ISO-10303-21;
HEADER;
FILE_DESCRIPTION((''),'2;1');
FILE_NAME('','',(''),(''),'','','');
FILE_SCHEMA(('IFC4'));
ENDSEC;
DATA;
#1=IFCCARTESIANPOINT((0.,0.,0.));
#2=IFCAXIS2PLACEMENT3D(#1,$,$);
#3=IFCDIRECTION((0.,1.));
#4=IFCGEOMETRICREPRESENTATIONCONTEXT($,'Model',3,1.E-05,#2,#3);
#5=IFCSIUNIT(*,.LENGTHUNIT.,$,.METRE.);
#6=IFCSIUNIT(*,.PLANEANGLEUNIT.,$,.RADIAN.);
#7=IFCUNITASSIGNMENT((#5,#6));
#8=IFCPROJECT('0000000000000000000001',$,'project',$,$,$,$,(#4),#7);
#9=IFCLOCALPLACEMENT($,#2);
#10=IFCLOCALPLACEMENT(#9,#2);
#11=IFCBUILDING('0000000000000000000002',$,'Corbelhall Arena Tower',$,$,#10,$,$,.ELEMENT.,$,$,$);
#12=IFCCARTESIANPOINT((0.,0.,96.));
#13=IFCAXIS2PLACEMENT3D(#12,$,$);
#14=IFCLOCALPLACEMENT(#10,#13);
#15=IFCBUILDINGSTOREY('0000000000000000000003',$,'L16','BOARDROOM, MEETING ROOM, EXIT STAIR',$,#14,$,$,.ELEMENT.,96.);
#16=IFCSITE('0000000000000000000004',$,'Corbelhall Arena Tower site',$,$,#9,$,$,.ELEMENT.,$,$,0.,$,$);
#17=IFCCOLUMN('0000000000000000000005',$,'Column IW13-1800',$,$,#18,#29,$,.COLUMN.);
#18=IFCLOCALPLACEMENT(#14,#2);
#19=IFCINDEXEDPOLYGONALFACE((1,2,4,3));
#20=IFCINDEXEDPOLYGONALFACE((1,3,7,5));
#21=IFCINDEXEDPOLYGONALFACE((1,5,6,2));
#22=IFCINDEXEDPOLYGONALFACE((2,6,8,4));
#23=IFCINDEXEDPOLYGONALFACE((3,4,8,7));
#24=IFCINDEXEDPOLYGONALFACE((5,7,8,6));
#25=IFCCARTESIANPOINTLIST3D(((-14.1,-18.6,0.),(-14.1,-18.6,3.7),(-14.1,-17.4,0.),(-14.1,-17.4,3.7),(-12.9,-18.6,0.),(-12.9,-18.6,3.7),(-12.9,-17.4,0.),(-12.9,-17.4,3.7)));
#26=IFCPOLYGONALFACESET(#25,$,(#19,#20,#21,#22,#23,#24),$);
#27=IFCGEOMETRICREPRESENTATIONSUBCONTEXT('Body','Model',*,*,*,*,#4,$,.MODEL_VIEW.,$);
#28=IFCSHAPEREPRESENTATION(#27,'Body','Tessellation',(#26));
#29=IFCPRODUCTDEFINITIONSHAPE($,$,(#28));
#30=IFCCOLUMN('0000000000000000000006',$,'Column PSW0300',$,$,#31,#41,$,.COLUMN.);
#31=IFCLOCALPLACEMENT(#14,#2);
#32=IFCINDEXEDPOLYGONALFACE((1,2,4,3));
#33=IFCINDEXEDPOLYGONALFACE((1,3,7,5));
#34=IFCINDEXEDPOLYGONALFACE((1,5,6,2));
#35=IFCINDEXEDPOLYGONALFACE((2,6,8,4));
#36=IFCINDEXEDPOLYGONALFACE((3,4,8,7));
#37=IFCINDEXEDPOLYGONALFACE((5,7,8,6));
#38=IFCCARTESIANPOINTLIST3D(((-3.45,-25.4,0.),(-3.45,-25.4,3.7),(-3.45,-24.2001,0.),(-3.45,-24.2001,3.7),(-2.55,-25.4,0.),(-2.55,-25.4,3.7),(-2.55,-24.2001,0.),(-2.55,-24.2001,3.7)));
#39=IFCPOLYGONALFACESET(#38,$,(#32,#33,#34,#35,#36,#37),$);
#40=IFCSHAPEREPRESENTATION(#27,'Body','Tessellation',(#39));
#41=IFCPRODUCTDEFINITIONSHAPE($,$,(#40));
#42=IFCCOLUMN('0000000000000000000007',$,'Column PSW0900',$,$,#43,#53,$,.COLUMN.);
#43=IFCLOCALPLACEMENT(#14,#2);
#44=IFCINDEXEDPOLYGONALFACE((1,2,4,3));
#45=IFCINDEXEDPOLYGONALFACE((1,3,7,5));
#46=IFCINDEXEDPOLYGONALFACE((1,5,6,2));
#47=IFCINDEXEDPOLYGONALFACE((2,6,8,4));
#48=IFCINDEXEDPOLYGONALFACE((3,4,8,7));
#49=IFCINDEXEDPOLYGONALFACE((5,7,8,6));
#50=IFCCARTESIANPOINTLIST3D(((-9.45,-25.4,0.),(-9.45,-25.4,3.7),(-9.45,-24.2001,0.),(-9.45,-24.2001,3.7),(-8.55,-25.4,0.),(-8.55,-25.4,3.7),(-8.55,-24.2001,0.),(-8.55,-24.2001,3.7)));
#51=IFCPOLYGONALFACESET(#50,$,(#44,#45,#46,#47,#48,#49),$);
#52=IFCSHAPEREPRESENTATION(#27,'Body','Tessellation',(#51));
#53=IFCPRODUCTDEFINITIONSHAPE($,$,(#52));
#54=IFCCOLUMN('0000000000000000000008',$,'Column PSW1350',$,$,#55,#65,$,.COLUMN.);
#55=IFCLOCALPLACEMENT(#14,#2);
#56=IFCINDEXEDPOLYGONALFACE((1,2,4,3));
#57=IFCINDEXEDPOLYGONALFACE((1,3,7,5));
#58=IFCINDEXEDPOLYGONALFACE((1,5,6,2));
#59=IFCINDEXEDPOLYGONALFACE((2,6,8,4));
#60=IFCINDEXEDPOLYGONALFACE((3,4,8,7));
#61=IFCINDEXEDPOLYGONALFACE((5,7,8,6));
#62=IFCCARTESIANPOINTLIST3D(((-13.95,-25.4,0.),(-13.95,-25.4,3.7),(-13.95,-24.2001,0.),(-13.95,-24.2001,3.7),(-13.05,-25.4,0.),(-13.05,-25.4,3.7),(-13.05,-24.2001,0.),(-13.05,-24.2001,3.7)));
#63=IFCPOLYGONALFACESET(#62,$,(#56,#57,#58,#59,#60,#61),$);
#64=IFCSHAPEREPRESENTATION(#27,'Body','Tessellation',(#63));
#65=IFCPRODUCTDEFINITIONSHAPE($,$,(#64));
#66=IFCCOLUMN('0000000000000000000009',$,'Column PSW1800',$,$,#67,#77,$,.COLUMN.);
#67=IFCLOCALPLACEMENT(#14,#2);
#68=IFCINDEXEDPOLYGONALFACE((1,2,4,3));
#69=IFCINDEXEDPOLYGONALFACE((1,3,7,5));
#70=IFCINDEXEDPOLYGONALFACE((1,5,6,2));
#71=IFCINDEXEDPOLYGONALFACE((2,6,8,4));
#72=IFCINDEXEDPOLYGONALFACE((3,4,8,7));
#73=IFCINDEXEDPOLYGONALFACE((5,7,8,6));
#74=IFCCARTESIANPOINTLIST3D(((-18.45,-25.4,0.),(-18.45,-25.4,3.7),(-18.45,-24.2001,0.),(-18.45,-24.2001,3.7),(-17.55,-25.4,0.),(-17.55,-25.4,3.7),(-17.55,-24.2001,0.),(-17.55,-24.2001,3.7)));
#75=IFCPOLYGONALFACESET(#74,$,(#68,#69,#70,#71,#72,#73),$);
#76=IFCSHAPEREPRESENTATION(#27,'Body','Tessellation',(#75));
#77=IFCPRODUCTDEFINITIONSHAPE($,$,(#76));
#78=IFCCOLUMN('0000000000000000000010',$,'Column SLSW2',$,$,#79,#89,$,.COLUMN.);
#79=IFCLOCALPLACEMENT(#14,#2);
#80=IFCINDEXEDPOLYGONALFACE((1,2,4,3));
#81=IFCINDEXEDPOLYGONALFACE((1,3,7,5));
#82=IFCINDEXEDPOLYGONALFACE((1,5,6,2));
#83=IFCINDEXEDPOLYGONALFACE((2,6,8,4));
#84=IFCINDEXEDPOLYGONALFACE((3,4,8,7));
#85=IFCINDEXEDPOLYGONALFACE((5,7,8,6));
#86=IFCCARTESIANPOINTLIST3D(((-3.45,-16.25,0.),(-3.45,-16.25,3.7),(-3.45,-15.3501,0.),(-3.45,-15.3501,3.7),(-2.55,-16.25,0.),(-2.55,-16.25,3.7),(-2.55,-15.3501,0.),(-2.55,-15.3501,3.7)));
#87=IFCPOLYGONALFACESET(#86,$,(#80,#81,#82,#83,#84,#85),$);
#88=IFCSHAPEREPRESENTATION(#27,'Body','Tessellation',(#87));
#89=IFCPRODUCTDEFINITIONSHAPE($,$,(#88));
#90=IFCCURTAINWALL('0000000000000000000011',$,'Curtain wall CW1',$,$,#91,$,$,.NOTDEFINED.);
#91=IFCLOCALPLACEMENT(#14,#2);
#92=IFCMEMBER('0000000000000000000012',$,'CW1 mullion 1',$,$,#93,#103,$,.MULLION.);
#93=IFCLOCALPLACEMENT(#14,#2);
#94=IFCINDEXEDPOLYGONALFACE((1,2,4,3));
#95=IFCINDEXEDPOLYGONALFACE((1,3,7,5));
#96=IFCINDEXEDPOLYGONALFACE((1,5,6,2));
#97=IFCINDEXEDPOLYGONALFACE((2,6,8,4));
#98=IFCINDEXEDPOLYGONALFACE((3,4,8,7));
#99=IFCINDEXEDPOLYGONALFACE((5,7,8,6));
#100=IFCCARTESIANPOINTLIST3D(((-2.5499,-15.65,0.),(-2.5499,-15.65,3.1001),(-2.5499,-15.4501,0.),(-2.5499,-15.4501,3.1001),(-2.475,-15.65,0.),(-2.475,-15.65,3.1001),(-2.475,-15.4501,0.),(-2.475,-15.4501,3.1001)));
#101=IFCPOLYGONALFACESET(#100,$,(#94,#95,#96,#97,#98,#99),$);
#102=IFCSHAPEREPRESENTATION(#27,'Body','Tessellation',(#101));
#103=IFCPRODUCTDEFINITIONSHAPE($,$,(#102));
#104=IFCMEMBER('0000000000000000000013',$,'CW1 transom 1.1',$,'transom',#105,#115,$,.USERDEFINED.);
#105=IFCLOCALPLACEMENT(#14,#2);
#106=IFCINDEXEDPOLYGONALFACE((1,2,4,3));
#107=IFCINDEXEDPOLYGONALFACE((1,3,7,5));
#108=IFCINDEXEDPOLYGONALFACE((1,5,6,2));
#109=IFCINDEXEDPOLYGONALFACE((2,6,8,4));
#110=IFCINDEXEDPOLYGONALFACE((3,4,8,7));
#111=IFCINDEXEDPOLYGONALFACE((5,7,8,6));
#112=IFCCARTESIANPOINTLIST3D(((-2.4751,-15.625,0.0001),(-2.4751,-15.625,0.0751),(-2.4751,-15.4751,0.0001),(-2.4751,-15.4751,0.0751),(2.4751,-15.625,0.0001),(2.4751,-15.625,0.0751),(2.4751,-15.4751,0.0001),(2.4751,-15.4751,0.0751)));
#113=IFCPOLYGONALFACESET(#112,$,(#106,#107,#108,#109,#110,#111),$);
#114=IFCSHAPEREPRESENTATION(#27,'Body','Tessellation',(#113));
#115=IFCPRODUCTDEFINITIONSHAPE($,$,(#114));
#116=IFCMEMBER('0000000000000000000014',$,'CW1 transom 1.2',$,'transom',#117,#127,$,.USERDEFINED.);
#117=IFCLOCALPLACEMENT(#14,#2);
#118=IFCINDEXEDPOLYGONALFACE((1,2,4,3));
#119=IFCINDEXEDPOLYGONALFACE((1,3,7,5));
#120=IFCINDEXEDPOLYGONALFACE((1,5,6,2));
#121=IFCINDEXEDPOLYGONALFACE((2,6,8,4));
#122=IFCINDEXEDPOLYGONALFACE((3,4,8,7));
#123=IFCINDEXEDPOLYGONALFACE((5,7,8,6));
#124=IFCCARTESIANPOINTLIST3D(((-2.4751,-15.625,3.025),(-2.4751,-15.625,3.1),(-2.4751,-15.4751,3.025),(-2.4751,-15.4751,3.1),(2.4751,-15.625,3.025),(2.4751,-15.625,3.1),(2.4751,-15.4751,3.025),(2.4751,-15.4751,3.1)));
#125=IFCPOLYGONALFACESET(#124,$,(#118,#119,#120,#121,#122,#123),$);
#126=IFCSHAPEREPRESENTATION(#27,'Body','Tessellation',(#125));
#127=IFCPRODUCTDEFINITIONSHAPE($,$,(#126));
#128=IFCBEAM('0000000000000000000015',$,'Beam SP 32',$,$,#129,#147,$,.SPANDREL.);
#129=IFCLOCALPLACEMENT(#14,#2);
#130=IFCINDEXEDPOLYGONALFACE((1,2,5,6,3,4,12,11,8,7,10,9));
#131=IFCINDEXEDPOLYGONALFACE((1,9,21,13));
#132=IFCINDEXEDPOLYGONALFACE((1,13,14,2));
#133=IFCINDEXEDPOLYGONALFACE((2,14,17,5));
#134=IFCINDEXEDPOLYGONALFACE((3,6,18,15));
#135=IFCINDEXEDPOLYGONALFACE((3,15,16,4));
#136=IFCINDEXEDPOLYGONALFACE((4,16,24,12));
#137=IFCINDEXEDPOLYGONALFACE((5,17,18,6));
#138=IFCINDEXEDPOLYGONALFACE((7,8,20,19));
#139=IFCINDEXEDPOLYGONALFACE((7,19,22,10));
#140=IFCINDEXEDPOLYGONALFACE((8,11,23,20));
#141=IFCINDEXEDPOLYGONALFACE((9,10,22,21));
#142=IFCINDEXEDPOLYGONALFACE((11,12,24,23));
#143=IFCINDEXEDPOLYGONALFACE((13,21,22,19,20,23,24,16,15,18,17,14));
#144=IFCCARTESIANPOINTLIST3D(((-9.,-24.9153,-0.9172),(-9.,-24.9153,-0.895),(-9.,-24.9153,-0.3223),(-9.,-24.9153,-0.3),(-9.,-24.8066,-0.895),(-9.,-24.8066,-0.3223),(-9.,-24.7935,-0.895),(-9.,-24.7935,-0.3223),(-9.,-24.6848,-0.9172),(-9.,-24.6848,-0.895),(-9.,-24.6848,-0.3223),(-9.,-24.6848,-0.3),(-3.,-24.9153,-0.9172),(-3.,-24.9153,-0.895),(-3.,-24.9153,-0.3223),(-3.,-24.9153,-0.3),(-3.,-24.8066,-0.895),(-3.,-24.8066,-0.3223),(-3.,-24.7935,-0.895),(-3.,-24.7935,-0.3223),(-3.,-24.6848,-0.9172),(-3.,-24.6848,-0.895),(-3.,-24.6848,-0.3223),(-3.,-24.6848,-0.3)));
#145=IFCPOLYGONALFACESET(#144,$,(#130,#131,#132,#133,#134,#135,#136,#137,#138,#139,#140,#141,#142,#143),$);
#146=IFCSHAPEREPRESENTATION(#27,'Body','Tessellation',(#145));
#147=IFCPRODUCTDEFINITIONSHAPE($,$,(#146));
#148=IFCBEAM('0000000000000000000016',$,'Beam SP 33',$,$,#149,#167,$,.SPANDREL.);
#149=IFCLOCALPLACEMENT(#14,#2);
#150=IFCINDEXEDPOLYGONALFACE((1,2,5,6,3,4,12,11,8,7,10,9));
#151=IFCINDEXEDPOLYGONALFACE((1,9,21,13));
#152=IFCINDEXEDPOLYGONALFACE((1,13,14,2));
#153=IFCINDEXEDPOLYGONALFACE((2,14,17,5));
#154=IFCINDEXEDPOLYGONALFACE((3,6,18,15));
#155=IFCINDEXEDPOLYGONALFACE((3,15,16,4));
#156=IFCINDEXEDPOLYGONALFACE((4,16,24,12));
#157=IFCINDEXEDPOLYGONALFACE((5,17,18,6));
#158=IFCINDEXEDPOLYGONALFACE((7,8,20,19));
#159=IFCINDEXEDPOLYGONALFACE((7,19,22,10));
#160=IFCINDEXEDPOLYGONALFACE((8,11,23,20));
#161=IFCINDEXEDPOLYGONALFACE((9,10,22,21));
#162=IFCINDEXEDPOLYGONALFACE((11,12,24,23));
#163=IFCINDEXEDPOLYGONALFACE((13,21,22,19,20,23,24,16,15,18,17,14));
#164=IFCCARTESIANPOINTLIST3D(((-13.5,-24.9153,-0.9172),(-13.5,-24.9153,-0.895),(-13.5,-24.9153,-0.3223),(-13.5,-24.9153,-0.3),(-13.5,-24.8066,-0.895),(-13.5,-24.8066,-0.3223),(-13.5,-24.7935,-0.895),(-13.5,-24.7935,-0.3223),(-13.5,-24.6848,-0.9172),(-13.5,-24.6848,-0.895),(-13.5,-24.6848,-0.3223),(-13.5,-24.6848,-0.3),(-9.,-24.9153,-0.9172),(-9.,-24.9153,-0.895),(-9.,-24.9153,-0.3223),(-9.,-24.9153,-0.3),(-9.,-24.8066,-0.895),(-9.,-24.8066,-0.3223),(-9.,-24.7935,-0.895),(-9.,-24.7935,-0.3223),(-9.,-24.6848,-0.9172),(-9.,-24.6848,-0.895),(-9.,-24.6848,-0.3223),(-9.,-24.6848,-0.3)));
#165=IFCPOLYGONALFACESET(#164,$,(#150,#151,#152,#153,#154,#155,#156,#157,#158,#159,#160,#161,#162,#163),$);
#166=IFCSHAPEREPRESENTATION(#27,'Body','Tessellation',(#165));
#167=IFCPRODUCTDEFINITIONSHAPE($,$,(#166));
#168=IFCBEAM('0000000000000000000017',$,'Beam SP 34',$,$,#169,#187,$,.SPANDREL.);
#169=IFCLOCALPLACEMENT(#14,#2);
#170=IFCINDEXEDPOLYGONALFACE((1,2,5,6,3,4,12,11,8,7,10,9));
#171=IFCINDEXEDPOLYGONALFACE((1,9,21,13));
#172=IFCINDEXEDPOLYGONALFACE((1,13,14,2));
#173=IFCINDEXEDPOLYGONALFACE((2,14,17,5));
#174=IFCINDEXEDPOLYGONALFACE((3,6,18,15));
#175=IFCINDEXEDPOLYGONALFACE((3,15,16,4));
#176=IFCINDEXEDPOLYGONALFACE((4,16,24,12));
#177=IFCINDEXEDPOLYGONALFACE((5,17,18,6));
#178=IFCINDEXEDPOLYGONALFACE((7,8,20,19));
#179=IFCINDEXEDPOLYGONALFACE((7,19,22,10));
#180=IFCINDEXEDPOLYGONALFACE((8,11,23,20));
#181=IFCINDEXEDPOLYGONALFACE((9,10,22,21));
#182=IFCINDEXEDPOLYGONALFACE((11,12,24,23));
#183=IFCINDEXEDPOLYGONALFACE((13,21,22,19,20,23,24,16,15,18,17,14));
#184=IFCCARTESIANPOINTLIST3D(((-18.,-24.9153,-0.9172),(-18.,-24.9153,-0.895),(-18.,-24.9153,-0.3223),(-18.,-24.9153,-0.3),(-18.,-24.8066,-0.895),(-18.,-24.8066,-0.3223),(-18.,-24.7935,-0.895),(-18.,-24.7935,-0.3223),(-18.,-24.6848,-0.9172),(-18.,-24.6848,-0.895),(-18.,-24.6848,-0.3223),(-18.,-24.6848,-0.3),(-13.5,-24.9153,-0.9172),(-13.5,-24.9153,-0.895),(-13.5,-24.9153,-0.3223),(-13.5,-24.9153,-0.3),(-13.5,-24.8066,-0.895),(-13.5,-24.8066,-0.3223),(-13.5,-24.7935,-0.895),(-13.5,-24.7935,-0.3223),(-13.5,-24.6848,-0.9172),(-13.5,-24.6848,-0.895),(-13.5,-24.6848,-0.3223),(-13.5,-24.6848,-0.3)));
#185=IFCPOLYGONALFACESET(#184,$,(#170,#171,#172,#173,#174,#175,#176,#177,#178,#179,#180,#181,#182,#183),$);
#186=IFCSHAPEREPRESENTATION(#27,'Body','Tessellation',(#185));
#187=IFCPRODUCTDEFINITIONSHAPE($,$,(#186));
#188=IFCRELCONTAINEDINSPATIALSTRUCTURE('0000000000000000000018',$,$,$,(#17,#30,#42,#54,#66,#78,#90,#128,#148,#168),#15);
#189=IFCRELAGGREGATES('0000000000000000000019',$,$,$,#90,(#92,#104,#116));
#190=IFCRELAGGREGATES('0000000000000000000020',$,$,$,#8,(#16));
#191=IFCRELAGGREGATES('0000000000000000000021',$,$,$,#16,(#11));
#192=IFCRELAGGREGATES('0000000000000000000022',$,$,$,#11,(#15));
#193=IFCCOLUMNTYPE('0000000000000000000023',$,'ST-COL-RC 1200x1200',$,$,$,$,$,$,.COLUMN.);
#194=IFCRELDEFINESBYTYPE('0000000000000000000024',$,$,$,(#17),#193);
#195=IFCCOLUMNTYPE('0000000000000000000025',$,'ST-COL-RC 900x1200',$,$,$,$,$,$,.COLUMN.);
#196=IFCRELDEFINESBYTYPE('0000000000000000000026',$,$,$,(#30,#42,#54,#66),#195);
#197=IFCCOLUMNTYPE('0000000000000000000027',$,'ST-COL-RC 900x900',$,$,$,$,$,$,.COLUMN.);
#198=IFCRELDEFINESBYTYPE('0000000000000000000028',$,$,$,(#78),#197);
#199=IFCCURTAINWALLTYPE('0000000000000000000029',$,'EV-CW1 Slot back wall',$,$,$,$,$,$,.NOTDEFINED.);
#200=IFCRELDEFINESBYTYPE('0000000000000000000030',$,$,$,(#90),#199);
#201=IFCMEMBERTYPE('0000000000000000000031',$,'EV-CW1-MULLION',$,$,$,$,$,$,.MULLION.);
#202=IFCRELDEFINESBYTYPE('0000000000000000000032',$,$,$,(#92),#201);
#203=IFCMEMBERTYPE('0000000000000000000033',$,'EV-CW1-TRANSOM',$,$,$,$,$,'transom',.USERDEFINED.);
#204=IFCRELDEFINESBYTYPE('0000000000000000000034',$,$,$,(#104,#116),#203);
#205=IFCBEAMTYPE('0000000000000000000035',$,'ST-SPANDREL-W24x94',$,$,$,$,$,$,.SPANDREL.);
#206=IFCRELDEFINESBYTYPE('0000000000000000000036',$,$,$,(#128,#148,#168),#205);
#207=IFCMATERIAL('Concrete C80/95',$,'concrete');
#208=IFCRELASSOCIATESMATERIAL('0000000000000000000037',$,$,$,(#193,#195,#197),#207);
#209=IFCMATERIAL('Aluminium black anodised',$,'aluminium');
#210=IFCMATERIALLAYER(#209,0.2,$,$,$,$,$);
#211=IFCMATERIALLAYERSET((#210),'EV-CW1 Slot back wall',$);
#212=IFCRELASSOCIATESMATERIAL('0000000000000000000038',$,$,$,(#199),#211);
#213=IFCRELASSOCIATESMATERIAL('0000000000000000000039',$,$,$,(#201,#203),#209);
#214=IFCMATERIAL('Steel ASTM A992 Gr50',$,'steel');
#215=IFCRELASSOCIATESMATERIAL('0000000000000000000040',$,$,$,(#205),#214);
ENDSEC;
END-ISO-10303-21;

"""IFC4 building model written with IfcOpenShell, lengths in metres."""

from ifc_helpers import new_model, si_unit, direction, frame, origin, origin_2d, place, context, subcontext, project, spatial, rectangle, i_section, extrude, material, layer, layer_set, material_profile, profile_set, type_object, element, aggregate, save


model = new_model("IFC4")

# Units and contexts
model_context = context("Model", 3, precision=1e-05, world=origin(), true_north=direction((0.0, 1.0)))
body_context = subcontext(model_context, "Body", "Model", "MODEL_VIEW")
ifc_project = project(units=[si_unit("LENGTHUNIT", "METRE"), si_unit("PLANEANGLEUNIT", "RADIAN")], contexts=[model_context])

# Site, building, storey
site_placement = place(None, origin())
site = spatial("IfcSite", under=ifc_project, at=site_placement, Name="Corbelhall Arena Tower site", CompositionType="ELEMENT", RefElevation=0.0)
building_placement = place(site_placement, origin())
building = spatial("IfcBuilding", under=site, at=building_placement, Name="Corbelhall Arena Tower", CompositionType="ELEMENT")
storey_placement = place(building_placement, frame((0.0, 0.0, 96.0)))
storey = spatial("IfcBuildingStorey", under=building, at=storey_placement, Name="L16", Description="BOARDROOM, MEETING ROOM, EXIT STAIR", CompositionType="ELEMENT", Elevation=96.0)

# Columns
ifc_material_1 = material(Name="Concrete C80/95", Category="concrete")
ifc_material_profile_1 = material_profile(ifc_material_1, rectangle(XDim=1.2, YDim=1.2, at=origin_2d()))
ifc_profile_set_1 = profile_set([ifc_material_profile_1], Name="Concrete C80/95")
column_type_1 = type_object("IfcColumnType", Name="ST-COL-RC 1200x1200", PredefinedType="COLUMN", material=ifc_profile_set_1)
column_1_placement = place(storey_placement, frame((-13.5, -18.0, 0.0), z_axis=(0.0, 0.0, 1.0), x_axis=(1.0, 0.0, 0.0)))
element("IfcColumn", 1, at=column_1_placement, inside=storey, type_object=column_type_1, Name="Column IW13-1800", PredefinedType="COLUMN", context=body_context, shape_type="SweptSolid", body=[
    extrude(rectangle(XDim=1.2, YDim=1.2, at=origin_2d()), origin(), (0.0, 0.0, 1.0), 3.7),
])
ifc_material_profile_2 = material_profile(ifc_material_1, rectangle(XDim=0.8999, YDim=1.2, at=origin_2d()))
ifc_profile_set_2 = profile_set([ifc_material_profile_2], Name="Concrete C80/95")
column_type_2 = type_object("IfcColumnType", Name="ST-COL-RC 900x1200", PredefinedType="COLUMN", material=ifc_profile_set_2)
for number, where, z_axis, x_axis, name in (
    (2, (-3.0, -24.8, 0.0), (0.0, 0.0, 1.0), (1.0, 0.0, 0.0), "Column PSW0300"),
    (3, (-9.0, -24.8, 0.0), (0.0, 0.0, 1.0), (1.0, 0.0, 0.0), "Column PSW0900"),
    (4, (-13.5, -24.8, 0.0), (0.0, 0.0, 1.0), (1.0, 0.0, 0.0), "Column PSW1350"),
    (5, (-18.0, -24.8, 0.0), (0.0, 0.0, 1.0), (1.0, 0.0, 0.0), "Column PSW1800"),
):
    element("IfcColumn", number, at=place(storey_placement, frame(where, z_axis=z_axis, x_axis=x_axis)), inside=storey, type_object=column_type_2, Name=name, PredefinedType="COLUMN", context=body_context, shape_type="SweptSolid", body=[
        extrude(rectangle(XDim=0.8999, YDim=1.2, at=origin_2d()), origin(), (0.0, 0.0, 1.0), 3.7),
    ])
ifc_material_profile_3 = material_profile(ifc_material_1, rectangle(XDim=0.8999, YDim=0.8999, at=origin_2d()))
ifc_profile_set_3 = profile_set([ifc_material_profile_3], Name="Concrete C80/95")
column_type_3 = type_object("IfcColumnType", Name="ST-COL-RC 900x900", PredefinedType="COLUMN", material=ifc_profile_set_3)
column_2_placement = place(storey_placement, frame((-3.0, -15.8, 0.0), z_axis=(0.0, 0.0, 1.0), x_axis=(1.0, 0.0, 0.0)))
element("IfcColumn", 6, at=column_2_placement, inside=storey, type_object=column_type_3, Name="Column SLSW2", PredefinedType="COLUMN", context=body_context, shape_type="SweptSolid", body=[
    extrude(rectangle(XDim=0.8999, YDim=0.8999, at=origin_2d()), origin(), (0.0, 0.0, 1.0), 3.7),
])

# Curtain wall, members
ifc_material_2 = material(Name="Aluminium black anodised", Category="aluminium")
ifc_layer_1 = layer(ifc_material_2, 0.2)
ifc_layer_set_1 = layer_set([ifc_layer_1], Name="EV-CW1 Slot back wall")
curtain_wall_type = type_object("IfcCurtainWallType", Name="EV-CW1 Slot back wall", PredefinedType="NOTDEFINED", material=ifc_layer_set_1)
curtain_wall_placement = place(storey_placement, origin())
curtain_wall = element("IfcCurtainWall", 7, at=curtain_wall_placement, inside=storey, type_object=curtain_wall_type, Name="Curtain wall CW1", PredefinedType="NOTDEFINED")
ifc_material_profile_4 = material_profile(ifc_material_2, rectangle(XDim=0.2, YDim=0.075, at=origin_2d()))
ifc_profile_set_4 = profile_set([ifc_material_profile_4], Name="Aluminium black anodised")
member_type_1 = type_object("IfcMemberType", Name="EV-CW1-MULLION", PredefinedType="MULLION", material=ifc_profile_set_4)
member_1_placement = place(storey_placement, frame((-2.5125, -15.55, 0.0), z_axis=(0.0, 0.0, 1.0), x_axis=(0.0, 1.0, 0.0)))
member_1 = element("IfcMember", 8, at=member_1_placement, type_object=member_type_1, Name="CW1 mullion 1", PredefinedType="MULLION", context=body_context, shape_type="SweptSolid", body=[
    extrude(rectangle(XDim=0.2, YDim=0.075, at=origin_2d()), origin(), (0.0, 0.0, 1.0), 3.1001),
])
ifc_material_profile_5 = material_profile(ifc_material_2, rectangle(XDim=0.1499, YDim=0.075, at=origin_2d()))
ifc_profile_set_5 = profile_set([ifc_material_profile_5], Name="Aluminium black anodised")
member_type_2 = type_object("IfcMemberType", Name="EV-CW1-TRANSOM", ElementType="transom", PredefinedType="USERDEFINED", material=ifc_profile_set_5)
member_2_placement = place(storey_placement, frame((-2.4751, -15.55, 0.0376), z_axis=(1.0, 0.0, 0.0), x_axis=(0.0, 1.0, 0.0)))
member_2 = element("IfcMember", 9, at=member_2_placement, type_object=member_type_2, Name="CW1 transom 1.1", ObjectType="transom", PredefinedType="USERDEFINED", context=body_context, shape_type="SweptSolid", body=[
    extrude(rectangle(XDim=0.1499, YDim=0.075, at=origin_2d()), origin(), (0.0, 0.0, 1.0), 4.9502),
])
member_3_placement = place(storey_placement, frame((-2.4751, -15.55, 3.0625), z_axis=(1.0, 0.0, 0.0), x_axis=(0.0, 1.0, 0.0)))
member_3 = element("IfcMember", 10, at=member_3_placement, type_object=member_type_2, Name="CW1 transom 1.2", ObjectType="transom", PredefinedType="USERDEFINED", context=body_context, shape_type="SweptSolid", body=[
    extrude(rectangle(XDim=0.1499, YDim=0.075, at=origin_2d()), origin(), (0.0, 0.0, 1.0), 4.9502),
])
aggregate(curtain_wall, [member_1, member_2, member_3])

# Beams
ifc_material_3 = material(Name="Steel ASTM A992 Gr50", Category="steel")
ifc_material_profile_6 = material_profile(ifc_material_3, i_section(OverallWidth=0.2305, OverallDepth=0.6172, WebThickness=0.0132, FlangeThickness=0.0222, at=origin_2d()))
ifc_profile_set_6 = profile_set([ifc_material_profile_6], Name="Steel ASTM A992 Gr50")
beam_type_1 = type_object("IfcBeamType", Name="ST-SPANDREL-W24x94", PredefinedType="SPANDREL", material=ifc_profile_set_6)
beam_1_placement = place(storey_placement, frame((-3.0, -24.8, -0.6086), z_axis=(-1.0, 0.0, 0.0), x_axis=(0.0, -1.0, 0.0)))
element("IfcBeam", 11, at=beam_1_placement, inside=storey, type_object=beam_type_1, Name="Beam SP 32", PredefinedType="SPANDREL", context=body_context, shape_type="SweptSolid", body=[
    extrude(i_section(OverallWidth=0.2305, OverallDepth=0.6172, WebThickness=0.0132, FlangeThickness=0.0222, at=origin_2d()), origin(), (0.0, 0.0, 1.0), 6.0),
])
for number, where, z_axis, x_axis, name in (
    (12, (-9.0, -24.8, -0.6086), (-1.0, 0.0, 0.0), (0.0, -1.0, 0.0), "Beam SP 33"),
    (13, (-13.5, -24.8, -0.6086), (-1.0, 0.0, 0.0), (0.0, -1.0, 0.0), "Beam SP 34"),
):
    element("IfcBeam", number, at=place(storey_placement, frame(where, z_axis=z_axis, x_axis=x_axis)), inside=storey, type_object=beam_type_1, Name=name, PredefinedType="SPANDREL", context=body_context, shape_type="SweptSolid", body=[
        extrude(i_section(OverallWidth=0.2305, OverallDepth=0.6172, WebThickness=0.0132, FlangeThickness=0.0222, at=origin_2d()), origin(), (0.0, 0.0, 1.0), 4.5),
    ])

save(model, "model.ifc")
